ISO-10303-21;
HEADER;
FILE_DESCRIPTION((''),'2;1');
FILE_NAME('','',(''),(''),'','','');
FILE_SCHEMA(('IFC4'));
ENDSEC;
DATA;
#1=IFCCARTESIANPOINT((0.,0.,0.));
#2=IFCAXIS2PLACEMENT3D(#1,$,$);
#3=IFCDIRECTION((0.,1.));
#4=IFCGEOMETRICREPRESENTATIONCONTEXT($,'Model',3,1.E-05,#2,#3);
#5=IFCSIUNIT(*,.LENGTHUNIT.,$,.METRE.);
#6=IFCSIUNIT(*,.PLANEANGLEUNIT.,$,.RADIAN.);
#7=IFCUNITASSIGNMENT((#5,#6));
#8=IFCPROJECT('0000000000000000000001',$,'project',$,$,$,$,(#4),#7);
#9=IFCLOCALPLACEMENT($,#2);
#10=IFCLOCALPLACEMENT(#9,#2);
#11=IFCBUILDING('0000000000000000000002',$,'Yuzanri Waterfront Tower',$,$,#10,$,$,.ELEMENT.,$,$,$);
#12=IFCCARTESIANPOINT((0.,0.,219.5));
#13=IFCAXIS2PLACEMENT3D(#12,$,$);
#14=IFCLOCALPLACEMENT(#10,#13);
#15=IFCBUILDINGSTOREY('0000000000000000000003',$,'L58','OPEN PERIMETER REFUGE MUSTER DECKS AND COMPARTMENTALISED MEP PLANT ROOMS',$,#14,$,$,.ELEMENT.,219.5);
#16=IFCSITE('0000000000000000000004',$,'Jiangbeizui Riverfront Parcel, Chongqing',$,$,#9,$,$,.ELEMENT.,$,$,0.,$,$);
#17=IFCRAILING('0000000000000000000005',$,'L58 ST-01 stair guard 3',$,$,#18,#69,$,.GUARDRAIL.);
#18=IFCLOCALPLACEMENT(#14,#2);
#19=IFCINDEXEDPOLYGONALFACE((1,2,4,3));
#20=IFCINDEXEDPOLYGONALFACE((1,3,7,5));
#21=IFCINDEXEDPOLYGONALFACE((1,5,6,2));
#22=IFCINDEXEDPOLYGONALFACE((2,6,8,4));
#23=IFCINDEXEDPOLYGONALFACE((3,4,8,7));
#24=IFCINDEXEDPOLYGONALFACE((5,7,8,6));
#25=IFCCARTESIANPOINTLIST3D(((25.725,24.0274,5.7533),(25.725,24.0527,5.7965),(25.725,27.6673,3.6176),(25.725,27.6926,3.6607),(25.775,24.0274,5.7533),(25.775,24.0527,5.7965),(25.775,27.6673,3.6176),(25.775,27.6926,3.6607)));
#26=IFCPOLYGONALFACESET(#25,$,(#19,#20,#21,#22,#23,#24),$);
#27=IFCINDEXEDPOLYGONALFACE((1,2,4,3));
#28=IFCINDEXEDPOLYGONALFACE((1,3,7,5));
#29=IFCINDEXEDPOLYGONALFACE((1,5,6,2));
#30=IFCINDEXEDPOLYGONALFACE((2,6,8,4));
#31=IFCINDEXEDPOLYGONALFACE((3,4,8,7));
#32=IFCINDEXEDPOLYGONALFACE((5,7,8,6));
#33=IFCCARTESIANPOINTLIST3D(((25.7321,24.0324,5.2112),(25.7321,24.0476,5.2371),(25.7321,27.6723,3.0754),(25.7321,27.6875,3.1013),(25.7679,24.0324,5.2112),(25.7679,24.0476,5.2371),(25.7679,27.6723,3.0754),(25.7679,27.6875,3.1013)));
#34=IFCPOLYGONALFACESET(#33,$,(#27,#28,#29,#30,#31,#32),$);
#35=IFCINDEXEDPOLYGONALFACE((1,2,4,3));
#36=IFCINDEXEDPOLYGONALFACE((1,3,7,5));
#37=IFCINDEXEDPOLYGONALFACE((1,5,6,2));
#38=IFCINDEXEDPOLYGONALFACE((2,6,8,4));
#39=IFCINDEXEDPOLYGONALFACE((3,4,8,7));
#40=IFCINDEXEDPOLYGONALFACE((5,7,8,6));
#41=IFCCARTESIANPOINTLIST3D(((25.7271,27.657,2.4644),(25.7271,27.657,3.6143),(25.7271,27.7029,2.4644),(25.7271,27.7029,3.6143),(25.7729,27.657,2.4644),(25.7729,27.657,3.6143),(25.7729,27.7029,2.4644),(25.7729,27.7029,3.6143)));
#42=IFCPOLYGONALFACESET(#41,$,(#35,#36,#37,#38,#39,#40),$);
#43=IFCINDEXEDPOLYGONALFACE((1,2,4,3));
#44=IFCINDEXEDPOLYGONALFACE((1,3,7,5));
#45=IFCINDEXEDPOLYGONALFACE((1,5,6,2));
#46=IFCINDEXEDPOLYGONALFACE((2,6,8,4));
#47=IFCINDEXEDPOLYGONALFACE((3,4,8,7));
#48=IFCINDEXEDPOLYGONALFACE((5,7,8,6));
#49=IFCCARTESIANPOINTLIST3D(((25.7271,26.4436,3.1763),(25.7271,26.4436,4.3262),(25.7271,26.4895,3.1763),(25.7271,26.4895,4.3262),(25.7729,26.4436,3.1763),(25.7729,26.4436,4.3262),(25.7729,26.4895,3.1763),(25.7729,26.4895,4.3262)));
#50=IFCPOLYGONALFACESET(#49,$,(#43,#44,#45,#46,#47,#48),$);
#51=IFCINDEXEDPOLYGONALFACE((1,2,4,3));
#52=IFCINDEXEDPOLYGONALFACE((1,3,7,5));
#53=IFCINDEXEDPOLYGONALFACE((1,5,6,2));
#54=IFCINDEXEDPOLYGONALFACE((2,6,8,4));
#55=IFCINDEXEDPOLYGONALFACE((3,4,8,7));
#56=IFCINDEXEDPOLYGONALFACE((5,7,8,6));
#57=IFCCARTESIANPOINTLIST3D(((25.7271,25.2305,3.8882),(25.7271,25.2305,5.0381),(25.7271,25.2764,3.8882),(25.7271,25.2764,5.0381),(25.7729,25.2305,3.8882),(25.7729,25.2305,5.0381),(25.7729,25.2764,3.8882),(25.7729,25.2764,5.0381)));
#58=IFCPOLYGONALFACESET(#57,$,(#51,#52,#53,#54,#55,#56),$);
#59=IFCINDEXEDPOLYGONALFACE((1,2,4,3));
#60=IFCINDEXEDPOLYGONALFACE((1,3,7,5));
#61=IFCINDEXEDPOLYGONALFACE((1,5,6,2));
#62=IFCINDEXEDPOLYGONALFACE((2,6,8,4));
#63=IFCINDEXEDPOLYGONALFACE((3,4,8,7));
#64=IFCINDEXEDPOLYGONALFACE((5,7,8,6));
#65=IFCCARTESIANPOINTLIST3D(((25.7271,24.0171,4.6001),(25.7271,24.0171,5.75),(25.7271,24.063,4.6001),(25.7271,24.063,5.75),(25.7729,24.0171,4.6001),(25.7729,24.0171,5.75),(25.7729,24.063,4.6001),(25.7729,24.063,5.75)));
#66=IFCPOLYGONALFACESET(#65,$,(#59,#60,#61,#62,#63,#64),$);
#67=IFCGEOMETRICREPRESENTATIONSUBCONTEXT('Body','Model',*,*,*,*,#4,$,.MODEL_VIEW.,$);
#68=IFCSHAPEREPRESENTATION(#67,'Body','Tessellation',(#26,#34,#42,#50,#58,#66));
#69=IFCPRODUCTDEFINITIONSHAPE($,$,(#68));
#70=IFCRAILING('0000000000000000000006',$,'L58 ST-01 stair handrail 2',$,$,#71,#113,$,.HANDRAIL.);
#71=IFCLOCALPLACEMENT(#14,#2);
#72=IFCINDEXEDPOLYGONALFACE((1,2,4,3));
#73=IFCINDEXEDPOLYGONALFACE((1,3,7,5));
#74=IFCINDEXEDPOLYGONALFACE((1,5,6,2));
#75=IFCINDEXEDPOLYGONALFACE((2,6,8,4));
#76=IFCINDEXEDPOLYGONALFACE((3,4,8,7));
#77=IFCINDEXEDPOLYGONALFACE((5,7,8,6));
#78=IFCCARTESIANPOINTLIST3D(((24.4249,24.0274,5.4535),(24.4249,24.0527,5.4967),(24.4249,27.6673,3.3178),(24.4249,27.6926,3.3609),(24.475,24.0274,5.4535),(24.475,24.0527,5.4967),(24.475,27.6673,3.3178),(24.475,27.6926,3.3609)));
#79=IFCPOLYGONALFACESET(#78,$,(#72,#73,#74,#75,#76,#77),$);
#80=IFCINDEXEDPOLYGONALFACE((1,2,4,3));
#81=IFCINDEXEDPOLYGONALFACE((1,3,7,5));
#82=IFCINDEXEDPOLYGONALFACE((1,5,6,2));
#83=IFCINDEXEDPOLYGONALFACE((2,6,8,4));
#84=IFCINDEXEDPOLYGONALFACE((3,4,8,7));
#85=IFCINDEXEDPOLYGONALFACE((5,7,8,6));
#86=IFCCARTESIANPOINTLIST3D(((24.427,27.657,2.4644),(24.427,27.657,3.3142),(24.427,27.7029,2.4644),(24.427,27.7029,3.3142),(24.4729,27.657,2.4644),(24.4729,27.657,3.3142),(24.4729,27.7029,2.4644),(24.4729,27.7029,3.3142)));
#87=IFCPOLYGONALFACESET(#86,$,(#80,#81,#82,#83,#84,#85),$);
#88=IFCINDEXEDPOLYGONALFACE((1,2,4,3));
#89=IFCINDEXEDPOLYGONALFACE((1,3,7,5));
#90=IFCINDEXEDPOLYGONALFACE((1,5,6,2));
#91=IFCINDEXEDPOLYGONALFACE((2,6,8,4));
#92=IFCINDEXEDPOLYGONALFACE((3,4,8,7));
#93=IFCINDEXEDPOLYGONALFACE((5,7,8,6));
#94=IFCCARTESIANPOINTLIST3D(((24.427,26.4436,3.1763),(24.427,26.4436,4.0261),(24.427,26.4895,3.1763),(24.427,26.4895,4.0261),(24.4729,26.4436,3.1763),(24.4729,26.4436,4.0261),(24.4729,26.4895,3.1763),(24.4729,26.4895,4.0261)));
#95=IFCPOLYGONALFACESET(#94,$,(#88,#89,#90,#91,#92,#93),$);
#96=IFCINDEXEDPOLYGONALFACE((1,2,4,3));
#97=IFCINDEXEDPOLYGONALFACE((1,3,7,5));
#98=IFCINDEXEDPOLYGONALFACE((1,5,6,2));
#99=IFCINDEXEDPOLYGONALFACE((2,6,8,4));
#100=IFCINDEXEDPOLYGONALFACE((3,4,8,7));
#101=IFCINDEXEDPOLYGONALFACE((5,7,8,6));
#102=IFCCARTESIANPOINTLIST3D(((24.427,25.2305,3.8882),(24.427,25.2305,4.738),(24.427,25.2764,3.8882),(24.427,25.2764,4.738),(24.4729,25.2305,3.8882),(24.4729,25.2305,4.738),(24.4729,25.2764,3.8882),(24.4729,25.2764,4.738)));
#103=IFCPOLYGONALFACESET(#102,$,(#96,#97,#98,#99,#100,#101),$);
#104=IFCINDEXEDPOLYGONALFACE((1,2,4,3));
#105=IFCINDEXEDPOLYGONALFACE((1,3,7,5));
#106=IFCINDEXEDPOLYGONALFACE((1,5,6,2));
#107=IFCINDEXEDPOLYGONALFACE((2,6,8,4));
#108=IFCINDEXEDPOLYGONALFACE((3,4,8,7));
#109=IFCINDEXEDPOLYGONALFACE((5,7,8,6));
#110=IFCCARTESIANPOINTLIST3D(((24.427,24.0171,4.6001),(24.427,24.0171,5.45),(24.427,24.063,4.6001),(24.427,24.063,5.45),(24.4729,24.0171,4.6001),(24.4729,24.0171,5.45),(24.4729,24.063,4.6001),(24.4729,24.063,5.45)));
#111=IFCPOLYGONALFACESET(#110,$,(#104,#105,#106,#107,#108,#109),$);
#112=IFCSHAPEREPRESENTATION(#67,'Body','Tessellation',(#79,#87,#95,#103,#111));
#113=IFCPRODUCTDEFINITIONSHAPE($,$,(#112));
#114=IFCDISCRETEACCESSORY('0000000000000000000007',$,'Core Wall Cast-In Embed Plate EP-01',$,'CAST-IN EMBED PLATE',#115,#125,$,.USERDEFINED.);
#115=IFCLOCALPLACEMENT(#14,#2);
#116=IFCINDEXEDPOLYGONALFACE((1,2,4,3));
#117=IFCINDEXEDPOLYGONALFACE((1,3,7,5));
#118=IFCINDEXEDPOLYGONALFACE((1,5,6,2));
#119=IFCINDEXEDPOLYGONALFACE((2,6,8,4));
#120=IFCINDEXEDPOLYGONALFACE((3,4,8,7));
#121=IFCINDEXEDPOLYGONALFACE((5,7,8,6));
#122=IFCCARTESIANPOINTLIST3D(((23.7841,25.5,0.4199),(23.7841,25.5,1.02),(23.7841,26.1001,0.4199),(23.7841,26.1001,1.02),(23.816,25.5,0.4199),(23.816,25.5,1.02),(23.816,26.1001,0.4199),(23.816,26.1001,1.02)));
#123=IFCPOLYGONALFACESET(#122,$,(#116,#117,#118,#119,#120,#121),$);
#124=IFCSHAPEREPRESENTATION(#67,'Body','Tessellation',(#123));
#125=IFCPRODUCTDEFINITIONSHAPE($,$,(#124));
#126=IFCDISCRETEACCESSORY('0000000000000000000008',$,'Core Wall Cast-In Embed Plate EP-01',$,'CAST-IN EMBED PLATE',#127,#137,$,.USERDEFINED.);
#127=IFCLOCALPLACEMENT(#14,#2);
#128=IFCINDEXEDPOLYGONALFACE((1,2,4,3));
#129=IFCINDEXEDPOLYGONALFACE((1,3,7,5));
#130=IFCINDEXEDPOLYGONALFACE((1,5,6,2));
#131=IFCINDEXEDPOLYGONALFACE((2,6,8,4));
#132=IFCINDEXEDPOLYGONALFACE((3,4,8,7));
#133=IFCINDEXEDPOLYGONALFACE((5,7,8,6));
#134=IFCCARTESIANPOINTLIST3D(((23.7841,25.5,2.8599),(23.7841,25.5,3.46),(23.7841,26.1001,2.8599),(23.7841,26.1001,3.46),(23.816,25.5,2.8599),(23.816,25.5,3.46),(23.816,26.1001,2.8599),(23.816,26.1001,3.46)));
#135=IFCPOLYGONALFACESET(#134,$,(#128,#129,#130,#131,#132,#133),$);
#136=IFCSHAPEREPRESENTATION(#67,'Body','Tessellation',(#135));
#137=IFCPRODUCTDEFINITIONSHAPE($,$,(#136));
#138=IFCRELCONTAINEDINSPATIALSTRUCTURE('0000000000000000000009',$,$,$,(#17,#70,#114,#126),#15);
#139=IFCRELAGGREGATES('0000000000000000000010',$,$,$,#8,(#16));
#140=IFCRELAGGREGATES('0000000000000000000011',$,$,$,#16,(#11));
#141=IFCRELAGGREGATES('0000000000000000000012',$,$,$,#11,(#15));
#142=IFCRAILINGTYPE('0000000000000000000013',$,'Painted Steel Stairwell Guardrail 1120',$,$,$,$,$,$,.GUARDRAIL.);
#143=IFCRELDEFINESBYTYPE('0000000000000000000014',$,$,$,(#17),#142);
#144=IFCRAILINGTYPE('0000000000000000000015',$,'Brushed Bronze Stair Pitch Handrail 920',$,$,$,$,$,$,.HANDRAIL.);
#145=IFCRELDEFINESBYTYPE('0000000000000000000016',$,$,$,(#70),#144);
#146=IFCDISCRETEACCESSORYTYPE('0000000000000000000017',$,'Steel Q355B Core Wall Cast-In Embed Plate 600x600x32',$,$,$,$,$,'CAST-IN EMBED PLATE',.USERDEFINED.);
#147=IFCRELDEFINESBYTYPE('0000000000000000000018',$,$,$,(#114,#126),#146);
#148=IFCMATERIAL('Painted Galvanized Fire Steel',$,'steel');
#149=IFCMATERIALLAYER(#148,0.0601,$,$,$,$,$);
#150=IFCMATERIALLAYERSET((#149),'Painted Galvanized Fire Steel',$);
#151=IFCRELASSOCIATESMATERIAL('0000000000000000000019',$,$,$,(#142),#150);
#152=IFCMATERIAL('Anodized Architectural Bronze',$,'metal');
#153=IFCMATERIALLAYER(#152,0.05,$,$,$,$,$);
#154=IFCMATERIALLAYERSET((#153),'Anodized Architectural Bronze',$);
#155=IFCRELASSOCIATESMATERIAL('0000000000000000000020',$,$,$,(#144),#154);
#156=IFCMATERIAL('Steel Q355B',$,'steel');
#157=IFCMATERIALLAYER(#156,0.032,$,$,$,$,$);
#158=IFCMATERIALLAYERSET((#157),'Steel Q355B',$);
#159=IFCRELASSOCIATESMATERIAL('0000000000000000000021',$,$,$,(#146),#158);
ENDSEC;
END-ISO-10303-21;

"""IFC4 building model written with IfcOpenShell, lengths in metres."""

from ifc_helpers import new_model, si_unit, direction, frame, origin, origin_2d, place, context, subcontext, project, spatial, rectangle, extrude, source, transform, mapped, material, layer, layer_set, type_object, element, save


model = new_model("IFC4")

# Units and contexts
model_context = context("Model", 3, precision=1e-05, world=origin(), true_north=direction((0.0, 1.0)))
body_context = subcontext(model_context, "Body", "Model", "MODEL_VIEW")
ifc_project = project(units=[si_unit("LENGTHUNIT", "METRE"), si_unit("PLANEANGLEUNIT", "RADIAN")], contexts=[model_context])

# Site, building, storey
site_placement = place(None, origin())
site = spatial("IfcSite", under=ifc_project, at=site_placement, Name="Jiangbeizui Riverfront Parcel, Chongqing", CompositionType="ELEMENT", RefElevation=0.0)
building_placement = place(site_placement, origin())
building = spatial("IfcBuilding", under=site, at=building_placement, Name="Yuzanri Waterfront Tower", CompositionType="ELEMENT")
storey_placement = place(building_placement, frame((0.0, 0.0, 219.5)))
storey = spatial("IfcBuildingStorey", under=building, at=storey_placement, Name="L58", Description="OPEN PERIMETER REFUGE MUSTER DECKS AND COMPARTMENTALISED MEP PLANT ROOMS", CompositionType="ELEMENT", Elevation=219.5)

# Railings
ifc_material_1 = material(Name="Painted Galvanized Fire Steel", Category="steel")
ifc_layer_1 = layer(ifc_material_1, 0.0601)
ifc_layer_set_1 = layer_set([ifc_layer_1], Name="Painted Galvanized Fire Steel")
railing_type_1 = type_object("IfcRailingType", Name="Painted Steel Stairwell Guardrail 1120", PredefinedType="GUARDRAIL", material=ifc_layer_set_1)
shared_shape_1 = source(origin(), body_context, "Body", "SweptSolid", [
    extrude(rectangle(XDim=0.05, YDim=0.05, at=origin_2d()), frame((0.0, 0.0, 1.1748), z_axis=(0.0, -0.86249, 0.506074), x_axis=(1.0, 0.0, 0.0)), (0.0, 0.0, 1.0), 4.2202),
    extrude(rectangle(XDim=0.0359, YDim=0.03, at=origin_2d()), frame((0.0, 0.0, 0.624), z_axis=(0.0, -0.86249, 0.506074), x_axis=(1.0, 0.0, 0.0)), (0.0, 0.0, 1.0), 4.2202),
    extrude(rectangle(XDim=0.0459, YDim=0.0459, at=origin_2d()), origin(), (0.0, 0.0, 1.0), 1.1499),
    extrude(rectangle(XDim=0.0459, YDim=0.0459, at=origin_2d()), frame((0.0, -1.2134, 0.7119)), (0.0, 0.0, 1.0), 1.1499),
    extrude(rectangle(XDim=0.0459, YDim=0.0459, at=origin_2d()), frame((0.0, -2.4265, 1.4238)), (0.0, 0.0, 1.0), 1.1499),
    extrude(rectangle(XDim=0.0459, YDim=0.0459, at=origin_2d()), frame((0.0, -3.6399, 2.1357)), (0.0, 0.0, 1.0), 1.1499),
])
railing_1_placement = place(storey_placement, frame((25.75, 27.6799, 2.4644)))
element("IfcRailing", 1, at=railing_1_placement, inside=storey, type_object=railing_type_1, Name="L58 ST-01 stair guard 3", PredefinedType="GUARDRAIL", context=body_context, shape_type="MappedRepresentation", body=[
    mapped(shared_shape_1, transform((0.0, 0.0, 0.0), scale=1.0)),
])
ifc_material_2 = material(Name="Anodized Architectural Bronze", Category="metal")
ifc_layer_2 = layer(ifc_material_2, 0.05)
ifc_layer_set_2 = layer_set([ifc_layer_2], Name="Anodized Architectural Bronze")
railing_type_2 = type_object("IfcRailingType", Name="Brushed Bronze Stair Pitch Handrail 920", PredefinedType="HANDRAIL", material=ifc_layer_set_2)
shared_shape_2 = source(origin(), body_context, "Body", "SweptSolid", [
    extrude(rectangle(XDim=0.05, YDim=0.05, at=origin_2d()), frame((0.0, 0.0, 0.875), z_axis=(0.0, -0.86249, 0.506074), x_axis=(1.0, 0.0, 0.0)), (0.0, 0.0, 1.0), 4.2202),
    extrude(rectangle(XDim=0.0459, YDim=0.0459, at=origin_2d()), origin(), (0.0, 0.0, 1.0), 0.8499),
    extrude(rectangle(XDim=0.0459, YDim=0.0459, at=origin_2d()), frame((0.0, -1.2134, 0.7119)), (0.0, 0.0, 1.0), 0.8499),
    extrude(rectangle(XDim=0.0459, YDim=0.0459, at=origin_2d()), frame((0.0, -2.4265, 1.4238)), (0.0, 0.0, 1.0), 0.8499),
    extrude(rectangle(XDim=0.0459, YDim=0.0459, at=origin_2d()), frame((0.0, -3.6399, 2.1357)), (0.0, 0.0, 1.0), 0.8499),
])
railing_2_placement = place(storey_placement, frame((24.45, 27.6799, 2.4644)))
element("IfcRailing", 2, at=railing_2_placement, inside=storey, type_object=railing_type_2, Name="L58 ST-01 stair handrail 2", PredefinedType="HANDRAIL", context=body_context, shape_type="MappedRepresentation", body=[
    mapped(shared_shape_2, transform((0.0, 0.0, 0.0), scale=1.0)),
])

# Discrete accessories
ifc_material_3 = material(Name="Steel Q355B", Category="steel")
ifc_layer_3 = layer(ifc_material_3, 0.032)
ifc_layer_set_3 = layer_set([ifc_layer_3], Name="Steel Q355B")
discrete_accessory_type = type_object("IfcDiscreteAccessoryType", Name="Steel Q355B Core Wall Cast-In Embed Plate 600x600x32", ElementType="CAST-IN EMBED PLATE", PredefinedType="USERDEFINED", material=ifc_layer_set_3)
shared_shape_3 = source(origin(), body_context, "Body", "SweptSolid", [
    extrude(rectangle(XDim=0.6001, YDim=0.032, at=origin_2d()), origin(), (0.0, 0.0, 1.0), 0.6001),
])
for number, where, z_axis, x_axis, name in (
    (3, (23.8, 25.8, 0.4199), (0.0, 0.0, 1.0), (0.0, 1.0, 0.0), "Core Wall Cast-In Embed Plate EP-01"),
    (4, (23.8, 25.8, 2.8599), (0.0, 0.0, 1.0), (0.0, 1.0, 0.0), "Core Wall Cast-In Embed Plate EP-01"),
):
    element("IfcDiscreteAccessory", number, at=place(storey_placement, frame(where, z_axis=z_axis, x_axis=x_axis)), inside=storey, type_object=discrete_accessory_type, Name=name, ObjectType="CAST-IN EMBED PLATE", PredefinedType="USERDEFINED", context=body_context, shape_type="MappedRepresentation", body=[
        mapped(shared_shape_3, transform((0.0, 0.0, 0.0), scale=1.0)),
    ])

save(model, "model.ifc")
